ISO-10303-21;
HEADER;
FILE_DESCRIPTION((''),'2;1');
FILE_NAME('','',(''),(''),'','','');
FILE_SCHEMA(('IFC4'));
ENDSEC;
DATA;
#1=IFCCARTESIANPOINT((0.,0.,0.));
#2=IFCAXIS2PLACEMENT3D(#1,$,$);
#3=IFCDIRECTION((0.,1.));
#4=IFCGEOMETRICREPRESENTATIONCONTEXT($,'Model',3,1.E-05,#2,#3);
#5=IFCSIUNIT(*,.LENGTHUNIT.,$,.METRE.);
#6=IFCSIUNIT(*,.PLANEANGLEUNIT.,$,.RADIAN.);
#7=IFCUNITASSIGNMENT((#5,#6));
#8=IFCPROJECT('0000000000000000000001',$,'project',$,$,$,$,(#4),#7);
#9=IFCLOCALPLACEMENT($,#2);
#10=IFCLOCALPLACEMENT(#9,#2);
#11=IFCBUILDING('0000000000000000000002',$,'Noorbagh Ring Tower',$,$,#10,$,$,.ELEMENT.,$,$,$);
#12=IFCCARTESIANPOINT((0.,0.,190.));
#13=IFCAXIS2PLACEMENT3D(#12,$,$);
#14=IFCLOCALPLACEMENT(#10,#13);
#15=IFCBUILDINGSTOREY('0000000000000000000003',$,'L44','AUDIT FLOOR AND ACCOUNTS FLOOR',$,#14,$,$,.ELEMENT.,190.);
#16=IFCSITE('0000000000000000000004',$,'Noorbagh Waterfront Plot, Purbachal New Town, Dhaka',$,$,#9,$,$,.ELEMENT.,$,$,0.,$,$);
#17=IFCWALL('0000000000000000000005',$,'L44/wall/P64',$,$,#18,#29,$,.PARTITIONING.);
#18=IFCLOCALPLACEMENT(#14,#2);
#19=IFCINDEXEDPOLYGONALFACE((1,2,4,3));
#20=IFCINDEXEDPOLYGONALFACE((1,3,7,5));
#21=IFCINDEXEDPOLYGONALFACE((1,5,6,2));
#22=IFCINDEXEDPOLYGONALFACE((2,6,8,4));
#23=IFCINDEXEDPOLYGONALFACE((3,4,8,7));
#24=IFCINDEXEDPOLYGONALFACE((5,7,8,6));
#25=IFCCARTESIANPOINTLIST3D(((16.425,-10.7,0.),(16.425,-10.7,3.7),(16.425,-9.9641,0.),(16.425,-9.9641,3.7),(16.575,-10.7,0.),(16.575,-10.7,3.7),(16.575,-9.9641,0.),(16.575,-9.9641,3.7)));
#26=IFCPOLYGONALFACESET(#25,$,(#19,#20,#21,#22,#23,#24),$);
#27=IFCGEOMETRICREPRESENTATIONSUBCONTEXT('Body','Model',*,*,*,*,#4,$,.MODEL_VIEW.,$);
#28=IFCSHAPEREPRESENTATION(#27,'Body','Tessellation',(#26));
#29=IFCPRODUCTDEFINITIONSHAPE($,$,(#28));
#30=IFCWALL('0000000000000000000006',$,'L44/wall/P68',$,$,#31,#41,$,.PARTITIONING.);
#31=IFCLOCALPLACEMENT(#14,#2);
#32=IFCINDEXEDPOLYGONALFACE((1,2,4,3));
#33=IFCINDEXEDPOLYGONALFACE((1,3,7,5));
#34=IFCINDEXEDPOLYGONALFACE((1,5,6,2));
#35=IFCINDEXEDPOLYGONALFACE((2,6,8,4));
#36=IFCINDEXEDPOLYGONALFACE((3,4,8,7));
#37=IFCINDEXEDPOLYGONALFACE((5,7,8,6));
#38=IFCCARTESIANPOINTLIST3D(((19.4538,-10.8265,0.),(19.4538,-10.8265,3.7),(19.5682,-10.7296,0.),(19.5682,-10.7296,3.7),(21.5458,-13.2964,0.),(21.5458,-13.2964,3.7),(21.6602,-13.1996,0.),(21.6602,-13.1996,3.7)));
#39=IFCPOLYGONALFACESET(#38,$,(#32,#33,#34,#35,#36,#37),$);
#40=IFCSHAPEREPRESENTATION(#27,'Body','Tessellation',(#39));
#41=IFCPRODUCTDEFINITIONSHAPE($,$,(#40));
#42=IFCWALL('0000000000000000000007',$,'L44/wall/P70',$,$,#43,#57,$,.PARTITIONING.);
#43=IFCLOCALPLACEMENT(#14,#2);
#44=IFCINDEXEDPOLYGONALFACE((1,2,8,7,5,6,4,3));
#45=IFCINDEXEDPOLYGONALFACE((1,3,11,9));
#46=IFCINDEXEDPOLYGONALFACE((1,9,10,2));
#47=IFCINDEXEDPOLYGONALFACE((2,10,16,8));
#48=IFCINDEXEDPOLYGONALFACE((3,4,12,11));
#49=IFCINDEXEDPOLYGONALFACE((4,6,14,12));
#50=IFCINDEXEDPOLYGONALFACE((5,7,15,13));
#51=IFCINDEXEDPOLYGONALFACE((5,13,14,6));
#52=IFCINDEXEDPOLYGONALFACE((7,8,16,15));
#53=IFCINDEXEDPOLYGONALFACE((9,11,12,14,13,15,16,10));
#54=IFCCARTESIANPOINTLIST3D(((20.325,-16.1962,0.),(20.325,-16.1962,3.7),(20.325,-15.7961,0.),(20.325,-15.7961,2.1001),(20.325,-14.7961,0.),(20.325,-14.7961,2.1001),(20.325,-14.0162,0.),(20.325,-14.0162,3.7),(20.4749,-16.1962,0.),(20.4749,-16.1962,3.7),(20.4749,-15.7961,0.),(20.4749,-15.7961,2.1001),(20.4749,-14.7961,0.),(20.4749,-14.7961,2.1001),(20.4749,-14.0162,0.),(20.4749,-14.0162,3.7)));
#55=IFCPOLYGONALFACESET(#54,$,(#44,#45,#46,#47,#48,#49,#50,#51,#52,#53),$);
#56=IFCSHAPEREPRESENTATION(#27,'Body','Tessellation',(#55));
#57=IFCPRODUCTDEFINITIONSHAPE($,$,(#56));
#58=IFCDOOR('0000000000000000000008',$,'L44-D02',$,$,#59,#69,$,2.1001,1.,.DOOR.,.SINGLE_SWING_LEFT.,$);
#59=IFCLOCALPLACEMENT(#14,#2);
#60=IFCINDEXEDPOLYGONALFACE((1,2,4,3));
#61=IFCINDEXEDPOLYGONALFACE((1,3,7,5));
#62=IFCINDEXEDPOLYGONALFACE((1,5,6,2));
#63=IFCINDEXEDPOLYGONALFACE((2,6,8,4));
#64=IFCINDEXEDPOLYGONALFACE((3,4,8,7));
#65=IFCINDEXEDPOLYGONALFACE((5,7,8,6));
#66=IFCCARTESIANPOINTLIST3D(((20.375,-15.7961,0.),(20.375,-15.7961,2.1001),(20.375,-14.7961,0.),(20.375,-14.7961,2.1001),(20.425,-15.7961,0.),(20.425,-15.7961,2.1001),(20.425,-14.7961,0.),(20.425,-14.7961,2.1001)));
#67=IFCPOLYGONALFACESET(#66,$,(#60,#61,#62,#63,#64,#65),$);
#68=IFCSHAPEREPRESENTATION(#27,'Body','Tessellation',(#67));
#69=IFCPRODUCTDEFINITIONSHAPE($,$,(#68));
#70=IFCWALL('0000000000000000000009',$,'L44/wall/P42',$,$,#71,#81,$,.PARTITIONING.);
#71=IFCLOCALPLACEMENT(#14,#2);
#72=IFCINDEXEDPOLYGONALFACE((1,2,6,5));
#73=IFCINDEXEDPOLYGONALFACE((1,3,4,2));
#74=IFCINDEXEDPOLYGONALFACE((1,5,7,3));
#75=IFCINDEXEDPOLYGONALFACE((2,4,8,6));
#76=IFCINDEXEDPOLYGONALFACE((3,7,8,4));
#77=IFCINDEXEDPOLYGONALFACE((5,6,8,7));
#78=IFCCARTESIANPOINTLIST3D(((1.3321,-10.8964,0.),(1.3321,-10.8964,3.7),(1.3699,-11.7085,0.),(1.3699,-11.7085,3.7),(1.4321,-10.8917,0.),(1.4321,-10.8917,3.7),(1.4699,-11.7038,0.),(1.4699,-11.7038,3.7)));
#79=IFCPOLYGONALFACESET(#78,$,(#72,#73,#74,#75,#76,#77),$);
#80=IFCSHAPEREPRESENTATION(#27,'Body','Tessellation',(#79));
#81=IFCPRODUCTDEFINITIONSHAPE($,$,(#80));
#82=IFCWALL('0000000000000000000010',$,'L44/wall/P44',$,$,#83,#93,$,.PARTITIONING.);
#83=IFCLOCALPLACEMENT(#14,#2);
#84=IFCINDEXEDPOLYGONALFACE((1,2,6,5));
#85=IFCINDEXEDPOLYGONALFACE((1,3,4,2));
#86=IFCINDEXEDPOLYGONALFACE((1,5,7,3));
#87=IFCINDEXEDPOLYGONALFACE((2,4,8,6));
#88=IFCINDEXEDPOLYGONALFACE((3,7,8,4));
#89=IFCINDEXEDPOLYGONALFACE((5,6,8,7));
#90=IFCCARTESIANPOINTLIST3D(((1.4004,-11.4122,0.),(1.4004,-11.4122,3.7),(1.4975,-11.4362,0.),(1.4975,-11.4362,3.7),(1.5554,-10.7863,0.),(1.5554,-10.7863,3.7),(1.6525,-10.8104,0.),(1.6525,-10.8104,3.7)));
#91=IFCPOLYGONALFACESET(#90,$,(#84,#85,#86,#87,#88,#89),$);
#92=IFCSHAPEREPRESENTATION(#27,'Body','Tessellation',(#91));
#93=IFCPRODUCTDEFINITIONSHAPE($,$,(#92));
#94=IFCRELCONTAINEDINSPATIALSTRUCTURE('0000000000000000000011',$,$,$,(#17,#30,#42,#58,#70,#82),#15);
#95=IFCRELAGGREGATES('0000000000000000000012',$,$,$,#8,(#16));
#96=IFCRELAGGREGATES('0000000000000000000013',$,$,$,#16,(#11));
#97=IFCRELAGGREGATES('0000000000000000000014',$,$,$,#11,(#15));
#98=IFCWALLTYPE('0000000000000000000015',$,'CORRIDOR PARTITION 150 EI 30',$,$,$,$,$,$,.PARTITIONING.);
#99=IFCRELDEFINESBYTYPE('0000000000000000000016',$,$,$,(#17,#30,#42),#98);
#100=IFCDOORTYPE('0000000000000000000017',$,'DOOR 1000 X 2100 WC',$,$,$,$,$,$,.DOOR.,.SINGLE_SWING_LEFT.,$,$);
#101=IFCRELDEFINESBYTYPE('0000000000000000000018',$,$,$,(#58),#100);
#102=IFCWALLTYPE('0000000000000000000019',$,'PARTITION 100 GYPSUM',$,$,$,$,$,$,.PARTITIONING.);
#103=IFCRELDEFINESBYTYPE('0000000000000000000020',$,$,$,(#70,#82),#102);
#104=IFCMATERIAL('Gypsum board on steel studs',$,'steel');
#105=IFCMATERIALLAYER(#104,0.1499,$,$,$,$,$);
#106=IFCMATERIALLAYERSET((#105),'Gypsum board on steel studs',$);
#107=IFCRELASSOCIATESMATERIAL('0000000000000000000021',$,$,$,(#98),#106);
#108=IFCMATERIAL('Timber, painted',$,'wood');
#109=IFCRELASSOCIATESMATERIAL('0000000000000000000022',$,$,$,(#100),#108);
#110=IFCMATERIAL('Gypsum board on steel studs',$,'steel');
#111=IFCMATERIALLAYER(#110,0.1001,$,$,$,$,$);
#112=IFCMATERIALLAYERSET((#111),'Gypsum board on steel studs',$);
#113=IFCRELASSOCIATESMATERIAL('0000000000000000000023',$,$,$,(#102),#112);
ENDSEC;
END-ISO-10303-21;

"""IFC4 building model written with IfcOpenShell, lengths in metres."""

from ifc_helpers import new_model, si_unit, direction, frame, frame_2d, origin, place, context, subcontext, project, spatial, rectangle, extrude, material, layer, layer_set, type_object, element, fill, save


model = new_model("IFC4")

# Units and contexts
model_context = context("Model", 3, precision=1e-05, world=origin(), true_north=direction((0.0, 1.0)))
body_context = subcontext(model_context, "Body", "Model", "MODEL_VIEW")
ifc_project = project(units=[si_unit("LENGTHUNIT", "METRE"), si_unit("PLANEANGLEUNIT", "RADIAN")], contexts=[model_context])

# Site, building, storey
site_placement = place(None, origin())
site = spatial("IfcSite", under=ifc_project, at=site_placement, Name="Noorbagh Waterfront Plot, Purbachal New Town, Dhaka", CompositionType="ELEMENT", RefElevation=0.0)
building_placement = place(site_placement, origin())
building = spatial("IfcBuilding", under=site, at=building_placement, Name="Noorbagh Ring Tower", CompositionType="ELEMENT")
storey_placement = place(building_placement, frame((0.0, 0.0, 190.0)))
storey = spatial("IfcBuildingStorey", under=building, at=storey_placement, Name="L44", Description="AUDIT FLOOR AND ACCOUNTS FLOOR", CompositionType="ELEMENT", Elevation=190.0)

# Walls
ifc_material_1 = material(Name="Gypsum board on steel studs", Category="steel")
ifc_layer_1 = layer(ifc_material_1, 0.1499)
ifc_layer_set_1 = layer_set([ifc_layer_1], Name="Gypsum board on steel studs")
wall_type_1 = type_object("IfcWallType", Name="CORRIDOR PARTITION 150 EI 30", PredefinedType="PARTITIONING", material=ifc_layer_set_1)
wall_1_placement = place(storey_placement, frame((16.5, -10.7, 0.0), z_axis=(0.0, 0.0, 1.0), x_axis=(0.0, 1.0, 0.0)))
element("IfcWall", 1, at=wall_1_placement, inside=storey, type_object=wall_type_1, Name="L44/wall/P64", PredefinedType="PARTITIONING", context=body_context, shape_type="SweptSolid", body=[
    extrude(rectangle(XDim=0.7358, YDim=0.1499, at=frame_2d((0.3679, 0.0))), origin(), (0.0, 0.0, 1.0), 3.7),
])
wall_2_placement = place(storey_placement, frame((19.511, -10.7781, 0.0), z_axis=(0.0, 0.0, 1.0), x_axis=(0.646314, -0.763071, 0.0)))
element("IfcWall", 2, at=wall_2_placement, inside=storey, type_object=wall_type_1, Name="L44/wall/P68", PredefinedType="PARTITIONING", context=body_context, shape_type="SweptSolid", body=[
    extrude(rectangle(XDim=3.2368, YDim=0.1499, at=frame_2d((1.6184, 0.0))), origin(), (0.0, 0.0, 1.0), 3.7),
])

# Wall, opening, door
wall_3_placement = place(storey_placement, frame((20.3999, -16.196, 0.0), z_axis=(0.0, 0.0, 1.0), x_axis=(0.0, 1.0, 0.0)))
wall_3 = element("IfcWall", 3, at=wall_3_placement, inside=storey, type_object=wall_type_1, Name="L44/wall/P70", PredefinedType="PARTITIONING", context=body_context, shape_type="SweptSolid", body=[
    extrude(rectangle(XDim=2.1799, YDim=0.1499, at=frame_2d((1.0898, 0.0))), origin(), (0.0, 0.0, 1.0), 3.7),
])
opening_placement = place(wall_3_placement, frame((0.3999, 0.0, 0.0)))
opening = element("IfcOpeningElement", 4, at=opening_placement, cuts=wall_3, PredefinedType="OPENING", context=body_context, shape_type="SweptSolid", body=[
    extrude(rectangle(XDim=1.0, YDim=2.1001, at=frame_2d((0.5, 1.05))), frame((0.0, 0.085, 0.0), z_axis=(0.0, -1.0, 0.0), x_axis=(1.0, 0.0, 0.0)), (0.0, 0.0, 1.0), 0.1699),
])
ifc_material_2 = material(Name="Timber, painted", Category="wood")
door_type = type_object("IfcDoorType", Name="DOOR 1000 X 2100 WC", OperationType="SINGLE_SWING_LEFT", PredefinedType="DOOR", material=ifc_material_2)
door_placement = place(opening_placement, origin())
door = element("IfcDoor", 5, at=door_placement, inside=storey, type_object=door_type, Name="L44-D02", OperationType="SINGLE_SWING_LEFT", OverallHeight=2.1001, OverallWidth=1.0, PredefinedType="DOOR", context=body_context, shape_type="SweptSolid", body=[
    extrude(rectangle(XDim=1.0, YDim=2.1001, at=frame_2d((0.5, 1.05))), frame((0.0, 0.0249, 0.0), z_axis=(0.0, -1.0, 0.0), x_axis=(1.0, 0.0, 0.0)), (0.0, 0.0, 1.0), 0.05),
])
fill(opening, door)

# Walls
ifc_material_3 = material(Name="Gypsum board on steel studs", Category="steel")
ifc_layer_2 = layer(ifc_material_3, 0.1001)
ifc_layer_set_2 = layer_set([ifc_layer_2], Name="Gypsum board on steel studs")
wall_type_2 = type_object("IfcWallType", Name="PARTITION 100 GYPSUM", PredefinedType="PARTITIONING", material=ifc_layer_set_2)
wall_4_placement = place(storey_placement, frame((1.3821, -10.894, 0.0), z_axis=(0.0, 0.0, 1.0), x_axis=(0.046552, -0.998916, 0.0)))
element("IfcWall", 6, at=wall_4_placement, inside=storey, type_object=wall_type_2, Name="L44/wall/P42", PredefinedType="PARTITIONING", context=body_context, shape_type="SweptSolid", body=[
    extrude(rectangle(XDim=0.813, YDim=0.1001, at=frame_2d((0.4065, 0.0))), origin(), (0.0, 0.0, 1.0), 3.7),
])
wall_5_placement = place(storey_placement, frame((1.449, -11.4241, 0.0), z_axis=(0.0, 0.0, 1.0), x_axis=(0.240397, 0.970675, 0.0)))
element("IfcWall", 7, at=wall_5_placement, inside=storey, type_object=wall_type_2, Name="L44/wall/P44", PredefinedType="PARTITIONING", context=body_context, shape_type="SweptSolid", body=[
    extrude(rectangle(XDim=0.6448, YDim=0.1001, at=frame_2d((0.3223, 0.0))), origin(), (0.0, 0.0, 1.0), 3.7),
])

save(model, "model.ifc")
